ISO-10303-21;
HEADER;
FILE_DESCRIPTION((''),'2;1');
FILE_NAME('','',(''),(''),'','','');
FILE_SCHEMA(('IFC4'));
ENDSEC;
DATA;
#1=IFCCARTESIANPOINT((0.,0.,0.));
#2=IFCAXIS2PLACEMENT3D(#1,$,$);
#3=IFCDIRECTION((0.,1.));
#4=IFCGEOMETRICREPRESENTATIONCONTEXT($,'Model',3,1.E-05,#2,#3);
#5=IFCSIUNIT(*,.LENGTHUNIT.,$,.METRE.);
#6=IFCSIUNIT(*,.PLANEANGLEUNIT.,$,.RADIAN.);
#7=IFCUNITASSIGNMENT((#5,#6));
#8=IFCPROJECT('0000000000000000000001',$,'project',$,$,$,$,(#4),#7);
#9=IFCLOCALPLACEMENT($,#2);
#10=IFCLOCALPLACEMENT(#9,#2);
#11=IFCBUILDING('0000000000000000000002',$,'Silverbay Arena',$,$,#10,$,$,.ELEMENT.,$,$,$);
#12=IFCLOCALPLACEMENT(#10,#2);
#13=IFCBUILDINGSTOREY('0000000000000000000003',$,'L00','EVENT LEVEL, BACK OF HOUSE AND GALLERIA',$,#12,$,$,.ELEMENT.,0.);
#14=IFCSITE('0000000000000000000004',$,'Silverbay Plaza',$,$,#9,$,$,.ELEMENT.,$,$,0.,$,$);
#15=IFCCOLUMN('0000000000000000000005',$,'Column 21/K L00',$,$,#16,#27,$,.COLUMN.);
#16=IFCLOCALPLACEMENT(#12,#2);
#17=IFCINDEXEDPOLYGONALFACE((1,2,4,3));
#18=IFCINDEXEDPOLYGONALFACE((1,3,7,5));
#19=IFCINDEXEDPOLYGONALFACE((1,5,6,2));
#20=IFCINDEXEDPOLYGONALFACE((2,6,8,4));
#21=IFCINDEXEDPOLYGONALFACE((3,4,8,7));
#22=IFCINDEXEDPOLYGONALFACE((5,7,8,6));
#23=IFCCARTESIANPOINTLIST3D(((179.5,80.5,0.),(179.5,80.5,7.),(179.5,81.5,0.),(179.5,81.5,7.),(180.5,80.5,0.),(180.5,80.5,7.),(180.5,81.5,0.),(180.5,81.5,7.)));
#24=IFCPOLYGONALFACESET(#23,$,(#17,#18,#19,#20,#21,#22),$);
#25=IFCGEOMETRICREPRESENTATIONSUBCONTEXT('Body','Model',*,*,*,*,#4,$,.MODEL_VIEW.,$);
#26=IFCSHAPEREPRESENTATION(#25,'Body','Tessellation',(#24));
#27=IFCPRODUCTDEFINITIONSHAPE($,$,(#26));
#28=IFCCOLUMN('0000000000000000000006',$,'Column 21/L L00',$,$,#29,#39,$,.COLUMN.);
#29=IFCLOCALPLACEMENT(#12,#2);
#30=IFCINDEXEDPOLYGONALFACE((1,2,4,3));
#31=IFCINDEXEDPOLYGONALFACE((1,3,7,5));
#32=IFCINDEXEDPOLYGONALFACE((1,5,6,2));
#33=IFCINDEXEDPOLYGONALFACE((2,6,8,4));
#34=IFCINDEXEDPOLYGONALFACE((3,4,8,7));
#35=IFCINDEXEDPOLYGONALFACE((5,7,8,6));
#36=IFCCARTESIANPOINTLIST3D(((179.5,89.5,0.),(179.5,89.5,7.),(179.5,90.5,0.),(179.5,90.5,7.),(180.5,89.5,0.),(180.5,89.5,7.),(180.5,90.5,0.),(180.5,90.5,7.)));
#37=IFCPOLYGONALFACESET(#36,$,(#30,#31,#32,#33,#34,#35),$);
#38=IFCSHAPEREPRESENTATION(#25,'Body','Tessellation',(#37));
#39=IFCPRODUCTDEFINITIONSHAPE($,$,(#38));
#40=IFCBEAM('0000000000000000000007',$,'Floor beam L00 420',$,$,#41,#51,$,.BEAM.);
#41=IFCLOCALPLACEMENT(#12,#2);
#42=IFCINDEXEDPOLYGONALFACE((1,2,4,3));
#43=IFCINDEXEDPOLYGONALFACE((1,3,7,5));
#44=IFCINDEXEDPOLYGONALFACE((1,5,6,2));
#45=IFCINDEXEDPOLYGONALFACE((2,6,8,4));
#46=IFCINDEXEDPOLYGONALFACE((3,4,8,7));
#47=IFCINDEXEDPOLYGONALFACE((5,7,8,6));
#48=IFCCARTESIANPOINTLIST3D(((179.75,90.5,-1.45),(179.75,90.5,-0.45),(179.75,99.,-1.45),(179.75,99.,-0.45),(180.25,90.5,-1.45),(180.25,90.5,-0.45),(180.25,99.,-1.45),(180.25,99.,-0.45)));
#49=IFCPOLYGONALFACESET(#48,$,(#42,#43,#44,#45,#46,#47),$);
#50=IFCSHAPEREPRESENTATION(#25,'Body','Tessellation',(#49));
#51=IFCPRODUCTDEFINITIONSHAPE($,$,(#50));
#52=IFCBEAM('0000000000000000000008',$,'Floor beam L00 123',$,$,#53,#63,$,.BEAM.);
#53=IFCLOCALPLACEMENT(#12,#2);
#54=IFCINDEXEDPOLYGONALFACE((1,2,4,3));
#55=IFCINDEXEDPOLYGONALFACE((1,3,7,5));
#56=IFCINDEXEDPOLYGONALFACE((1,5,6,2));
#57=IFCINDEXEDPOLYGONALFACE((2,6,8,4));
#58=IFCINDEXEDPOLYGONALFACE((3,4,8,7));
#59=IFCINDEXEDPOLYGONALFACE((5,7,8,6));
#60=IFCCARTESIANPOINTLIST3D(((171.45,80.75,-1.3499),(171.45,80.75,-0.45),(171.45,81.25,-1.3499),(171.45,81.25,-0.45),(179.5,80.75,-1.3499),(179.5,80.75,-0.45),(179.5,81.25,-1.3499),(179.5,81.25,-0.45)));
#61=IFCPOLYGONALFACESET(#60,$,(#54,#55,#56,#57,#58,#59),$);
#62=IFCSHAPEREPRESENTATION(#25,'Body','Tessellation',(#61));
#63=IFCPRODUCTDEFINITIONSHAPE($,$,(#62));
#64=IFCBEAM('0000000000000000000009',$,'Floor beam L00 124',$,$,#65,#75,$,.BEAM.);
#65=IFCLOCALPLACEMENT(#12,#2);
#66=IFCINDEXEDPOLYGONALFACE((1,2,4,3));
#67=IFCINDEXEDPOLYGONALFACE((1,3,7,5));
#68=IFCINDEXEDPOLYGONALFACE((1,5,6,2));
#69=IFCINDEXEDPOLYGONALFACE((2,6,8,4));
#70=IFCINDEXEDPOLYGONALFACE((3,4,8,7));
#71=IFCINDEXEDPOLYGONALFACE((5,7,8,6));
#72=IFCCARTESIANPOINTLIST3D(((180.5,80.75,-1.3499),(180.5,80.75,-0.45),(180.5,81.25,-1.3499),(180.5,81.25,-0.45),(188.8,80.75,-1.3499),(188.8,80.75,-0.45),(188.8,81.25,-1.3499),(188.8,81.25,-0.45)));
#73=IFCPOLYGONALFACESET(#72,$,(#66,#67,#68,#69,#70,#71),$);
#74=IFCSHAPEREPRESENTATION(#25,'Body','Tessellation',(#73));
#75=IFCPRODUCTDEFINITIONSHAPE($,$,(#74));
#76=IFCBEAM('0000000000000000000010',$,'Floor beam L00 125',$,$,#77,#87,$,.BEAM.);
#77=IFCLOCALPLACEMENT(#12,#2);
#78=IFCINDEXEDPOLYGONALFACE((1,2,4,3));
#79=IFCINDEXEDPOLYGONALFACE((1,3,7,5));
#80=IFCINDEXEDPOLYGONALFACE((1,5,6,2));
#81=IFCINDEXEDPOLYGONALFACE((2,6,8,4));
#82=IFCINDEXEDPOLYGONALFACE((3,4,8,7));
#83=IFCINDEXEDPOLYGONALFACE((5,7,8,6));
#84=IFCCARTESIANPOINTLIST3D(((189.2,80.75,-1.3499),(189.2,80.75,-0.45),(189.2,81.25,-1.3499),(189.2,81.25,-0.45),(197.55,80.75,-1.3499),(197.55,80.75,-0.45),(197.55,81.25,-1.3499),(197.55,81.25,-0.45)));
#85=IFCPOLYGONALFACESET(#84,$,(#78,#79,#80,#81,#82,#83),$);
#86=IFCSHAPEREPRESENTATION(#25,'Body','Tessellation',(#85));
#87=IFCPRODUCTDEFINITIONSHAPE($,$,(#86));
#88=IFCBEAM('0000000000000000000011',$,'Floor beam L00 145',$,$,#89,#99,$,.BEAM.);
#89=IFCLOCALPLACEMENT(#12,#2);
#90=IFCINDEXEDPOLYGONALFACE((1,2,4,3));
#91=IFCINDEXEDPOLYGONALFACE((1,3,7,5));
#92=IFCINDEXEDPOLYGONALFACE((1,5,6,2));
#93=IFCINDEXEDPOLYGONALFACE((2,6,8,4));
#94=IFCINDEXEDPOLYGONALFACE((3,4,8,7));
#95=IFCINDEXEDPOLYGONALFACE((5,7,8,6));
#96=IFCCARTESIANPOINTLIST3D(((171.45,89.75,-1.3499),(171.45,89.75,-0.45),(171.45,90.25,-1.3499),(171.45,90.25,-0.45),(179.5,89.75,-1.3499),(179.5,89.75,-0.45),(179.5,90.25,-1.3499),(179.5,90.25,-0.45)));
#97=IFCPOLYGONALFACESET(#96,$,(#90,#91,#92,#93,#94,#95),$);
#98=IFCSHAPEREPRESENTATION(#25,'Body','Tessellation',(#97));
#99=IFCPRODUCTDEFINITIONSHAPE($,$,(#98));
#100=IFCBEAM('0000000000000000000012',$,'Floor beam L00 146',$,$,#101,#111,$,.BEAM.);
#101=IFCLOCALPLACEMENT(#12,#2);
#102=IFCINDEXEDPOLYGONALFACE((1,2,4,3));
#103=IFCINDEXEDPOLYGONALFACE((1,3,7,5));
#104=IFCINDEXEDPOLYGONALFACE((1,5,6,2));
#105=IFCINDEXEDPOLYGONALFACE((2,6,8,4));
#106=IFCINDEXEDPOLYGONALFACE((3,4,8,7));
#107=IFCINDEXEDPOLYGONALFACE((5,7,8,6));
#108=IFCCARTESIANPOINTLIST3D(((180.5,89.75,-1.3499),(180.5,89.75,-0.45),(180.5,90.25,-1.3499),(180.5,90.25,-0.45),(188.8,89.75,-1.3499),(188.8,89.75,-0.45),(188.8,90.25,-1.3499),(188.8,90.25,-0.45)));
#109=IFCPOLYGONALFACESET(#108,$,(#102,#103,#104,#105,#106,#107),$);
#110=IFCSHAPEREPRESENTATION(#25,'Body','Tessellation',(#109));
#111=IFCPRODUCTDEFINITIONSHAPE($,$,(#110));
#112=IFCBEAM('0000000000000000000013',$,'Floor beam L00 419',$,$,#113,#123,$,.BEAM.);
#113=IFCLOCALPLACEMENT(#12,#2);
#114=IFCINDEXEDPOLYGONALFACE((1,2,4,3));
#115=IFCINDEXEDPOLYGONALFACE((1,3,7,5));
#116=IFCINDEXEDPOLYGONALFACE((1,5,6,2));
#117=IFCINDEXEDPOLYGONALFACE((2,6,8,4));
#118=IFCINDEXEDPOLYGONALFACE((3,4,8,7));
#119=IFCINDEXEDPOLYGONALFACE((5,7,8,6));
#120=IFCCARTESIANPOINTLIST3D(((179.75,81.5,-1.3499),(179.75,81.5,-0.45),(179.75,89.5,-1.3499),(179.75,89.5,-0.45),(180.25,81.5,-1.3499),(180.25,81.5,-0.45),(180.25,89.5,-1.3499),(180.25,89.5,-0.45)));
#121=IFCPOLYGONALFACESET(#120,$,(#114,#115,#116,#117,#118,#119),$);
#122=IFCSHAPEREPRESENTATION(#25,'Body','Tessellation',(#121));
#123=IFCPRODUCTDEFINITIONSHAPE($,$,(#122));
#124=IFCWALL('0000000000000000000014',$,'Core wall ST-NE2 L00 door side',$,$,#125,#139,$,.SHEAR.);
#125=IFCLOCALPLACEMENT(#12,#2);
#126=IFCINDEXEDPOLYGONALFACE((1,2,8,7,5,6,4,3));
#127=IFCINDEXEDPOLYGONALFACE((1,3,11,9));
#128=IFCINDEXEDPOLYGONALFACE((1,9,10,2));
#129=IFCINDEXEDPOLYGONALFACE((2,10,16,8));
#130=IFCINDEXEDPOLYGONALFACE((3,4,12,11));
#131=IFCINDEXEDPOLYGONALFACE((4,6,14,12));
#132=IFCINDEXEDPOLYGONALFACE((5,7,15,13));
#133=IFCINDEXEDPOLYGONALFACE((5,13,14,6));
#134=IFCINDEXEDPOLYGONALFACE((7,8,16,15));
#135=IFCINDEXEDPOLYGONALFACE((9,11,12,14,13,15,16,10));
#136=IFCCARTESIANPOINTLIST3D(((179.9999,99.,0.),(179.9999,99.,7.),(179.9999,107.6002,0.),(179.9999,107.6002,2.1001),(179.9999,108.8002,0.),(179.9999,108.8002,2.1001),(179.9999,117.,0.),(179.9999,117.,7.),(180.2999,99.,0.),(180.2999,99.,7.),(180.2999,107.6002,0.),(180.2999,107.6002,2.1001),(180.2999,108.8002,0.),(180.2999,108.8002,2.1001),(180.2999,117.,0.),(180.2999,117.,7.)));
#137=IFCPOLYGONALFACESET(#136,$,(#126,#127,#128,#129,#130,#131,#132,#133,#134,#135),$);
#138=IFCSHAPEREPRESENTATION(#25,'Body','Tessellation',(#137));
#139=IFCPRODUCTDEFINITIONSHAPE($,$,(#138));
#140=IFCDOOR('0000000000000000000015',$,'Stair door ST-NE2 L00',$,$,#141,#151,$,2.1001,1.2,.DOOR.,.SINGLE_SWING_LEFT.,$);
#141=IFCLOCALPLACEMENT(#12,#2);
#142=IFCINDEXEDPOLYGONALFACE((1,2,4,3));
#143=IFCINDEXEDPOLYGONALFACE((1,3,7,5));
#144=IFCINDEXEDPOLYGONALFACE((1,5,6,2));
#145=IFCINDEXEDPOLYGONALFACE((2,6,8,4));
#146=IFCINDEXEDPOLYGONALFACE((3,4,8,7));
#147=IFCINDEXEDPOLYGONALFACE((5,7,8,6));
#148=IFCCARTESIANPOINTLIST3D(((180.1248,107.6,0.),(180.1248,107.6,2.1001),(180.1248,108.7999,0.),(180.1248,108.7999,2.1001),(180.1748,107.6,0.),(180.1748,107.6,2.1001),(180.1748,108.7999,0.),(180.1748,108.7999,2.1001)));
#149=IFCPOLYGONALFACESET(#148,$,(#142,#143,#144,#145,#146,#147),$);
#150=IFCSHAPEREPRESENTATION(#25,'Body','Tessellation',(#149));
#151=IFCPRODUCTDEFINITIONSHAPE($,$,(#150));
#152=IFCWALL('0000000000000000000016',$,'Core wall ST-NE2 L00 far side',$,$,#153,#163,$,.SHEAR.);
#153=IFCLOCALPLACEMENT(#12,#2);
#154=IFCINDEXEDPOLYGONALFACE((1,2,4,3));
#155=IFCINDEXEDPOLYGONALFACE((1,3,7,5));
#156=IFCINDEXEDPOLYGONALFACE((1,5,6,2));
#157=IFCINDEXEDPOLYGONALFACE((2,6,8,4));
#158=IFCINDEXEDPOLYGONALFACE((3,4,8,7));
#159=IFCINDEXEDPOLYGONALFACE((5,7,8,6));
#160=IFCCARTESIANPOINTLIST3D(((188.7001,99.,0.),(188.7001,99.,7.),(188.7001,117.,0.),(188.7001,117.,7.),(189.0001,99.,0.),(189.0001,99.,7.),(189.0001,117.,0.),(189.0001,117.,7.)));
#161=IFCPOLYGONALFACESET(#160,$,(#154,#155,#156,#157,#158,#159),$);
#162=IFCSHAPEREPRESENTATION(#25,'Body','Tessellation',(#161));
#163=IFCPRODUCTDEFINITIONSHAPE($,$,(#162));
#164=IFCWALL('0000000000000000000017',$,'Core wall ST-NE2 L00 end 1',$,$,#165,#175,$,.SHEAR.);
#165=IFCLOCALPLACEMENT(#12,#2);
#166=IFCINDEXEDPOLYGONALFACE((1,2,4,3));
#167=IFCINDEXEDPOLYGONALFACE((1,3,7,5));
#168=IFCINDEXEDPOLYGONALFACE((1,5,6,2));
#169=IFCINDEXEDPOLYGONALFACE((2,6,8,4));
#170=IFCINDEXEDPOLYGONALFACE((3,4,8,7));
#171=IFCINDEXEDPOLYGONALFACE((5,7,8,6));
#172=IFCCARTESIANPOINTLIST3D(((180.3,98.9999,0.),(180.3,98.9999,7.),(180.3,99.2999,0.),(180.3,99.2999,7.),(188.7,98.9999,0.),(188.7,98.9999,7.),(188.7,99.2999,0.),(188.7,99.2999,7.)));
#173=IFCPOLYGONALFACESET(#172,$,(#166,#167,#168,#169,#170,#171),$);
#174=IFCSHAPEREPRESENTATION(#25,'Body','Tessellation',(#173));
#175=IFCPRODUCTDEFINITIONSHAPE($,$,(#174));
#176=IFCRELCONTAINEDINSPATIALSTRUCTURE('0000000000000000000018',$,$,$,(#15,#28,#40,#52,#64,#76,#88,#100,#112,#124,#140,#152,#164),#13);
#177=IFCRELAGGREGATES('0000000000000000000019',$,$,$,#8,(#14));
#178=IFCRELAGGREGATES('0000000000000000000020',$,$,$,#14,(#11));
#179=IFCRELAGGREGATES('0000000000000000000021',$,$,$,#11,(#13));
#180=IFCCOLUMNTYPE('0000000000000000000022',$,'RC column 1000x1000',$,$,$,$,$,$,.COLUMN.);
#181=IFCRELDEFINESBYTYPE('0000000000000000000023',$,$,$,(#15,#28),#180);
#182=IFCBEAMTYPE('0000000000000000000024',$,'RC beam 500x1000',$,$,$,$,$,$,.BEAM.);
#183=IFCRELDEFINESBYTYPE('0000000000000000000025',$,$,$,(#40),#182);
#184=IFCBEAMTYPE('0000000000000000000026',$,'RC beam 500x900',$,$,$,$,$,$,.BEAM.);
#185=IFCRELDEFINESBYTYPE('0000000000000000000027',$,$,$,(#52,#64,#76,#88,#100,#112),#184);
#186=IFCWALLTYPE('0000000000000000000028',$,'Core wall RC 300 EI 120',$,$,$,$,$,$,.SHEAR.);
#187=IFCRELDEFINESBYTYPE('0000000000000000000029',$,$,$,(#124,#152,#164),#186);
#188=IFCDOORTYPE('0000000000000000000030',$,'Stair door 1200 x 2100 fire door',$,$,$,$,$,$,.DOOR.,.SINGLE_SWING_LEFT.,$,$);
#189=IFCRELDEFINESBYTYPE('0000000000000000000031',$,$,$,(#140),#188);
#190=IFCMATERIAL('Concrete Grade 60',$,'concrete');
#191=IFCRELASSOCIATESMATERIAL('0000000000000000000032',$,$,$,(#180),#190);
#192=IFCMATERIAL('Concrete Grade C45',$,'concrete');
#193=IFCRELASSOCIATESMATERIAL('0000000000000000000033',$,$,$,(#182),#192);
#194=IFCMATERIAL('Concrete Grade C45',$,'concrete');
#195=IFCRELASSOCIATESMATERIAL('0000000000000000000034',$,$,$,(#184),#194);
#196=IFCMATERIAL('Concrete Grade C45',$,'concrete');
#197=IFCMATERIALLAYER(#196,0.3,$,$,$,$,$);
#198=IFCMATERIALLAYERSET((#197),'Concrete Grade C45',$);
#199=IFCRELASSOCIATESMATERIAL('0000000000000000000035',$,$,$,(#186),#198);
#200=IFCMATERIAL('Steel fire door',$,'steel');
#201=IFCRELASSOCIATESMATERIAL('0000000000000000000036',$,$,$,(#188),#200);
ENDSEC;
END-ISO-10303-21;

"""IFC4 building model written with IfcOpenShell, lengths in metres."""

from ifc_helpers import new_model, si_unit, direction, frame, frame_2d, origin, origin_2d, place, context, subcontext, project, spatial, rectangle, extrude, material, layer, layer_set, material_profile, profile_set, type_object, element, fill, save


model = new_model("IFC4")

# Units and contexts
model_context = context("Model", 3, precision=1e-05, world=origin(), true_north=direction((0.0, 1.0)))
body_context = subcontext(model_context, "Body", "Model", "MODEL_VIEW")
ifc_project = project(units=[si_unit("LENGTHUNIT", "METRE"), si_unit("PLANEANGLEUNIT", "RADIAN")], contexts=[model_context])

# Site, building, storey
site_placement = place(None, origin())
site = spatial("IfcSite", under=ifc_project, at=site_placement, Name="Silverbay Plaza", CompositionType="ELEMENT", RefElevation=0.0)
building_placement = place(site_placement, origin())
building = spatial("IfcBuilding", under=site, at=building_placement, Name="Silverbay Arena", CompositionType="ELEMENT")
storey_placement = place(building_placement, origin())
storey = spatial("IfcBuildingStorey", under=building, at=storey_placement, Name="L00", Description="EVENT LEVEL, BACK OF HOUSE AND GALLERIA", CompositionType="ELEMENT", Elevation=0.0)

# Columns
ifc_material_1 = material(Name="Concrete Grade 60", Category="concrete")
ifc_material_profile_1 = material_profile(ifc_material_1, rectangle(XDim=1.0, YDim=1.0, at=origin_2d()), Name="RC 1000x1000")
ifc_profile_set_1 = profile_set([ifc_material_profile_1], Name="Concrete Grade 60")
column_type = type_object("IfcColumnType", Name="RC column 1000x1000", PredefinedType="COLUMN", material=ifc_profile_set_1)
for number, where, z_axis, x_axis, name in (
    (1, (180.0, 81.0, 0.0), (0.0, 0.0, 1.0), (1.0, 0.0, 0.0), "Column 21/K L00"),
    (2, (180.0, 90.0, 0.0), (0.0, 0.0, 1.0), (1.0, 0.0, 0.0), "Column 21/L L00"),
):
    element("IfcColumn", number, at=place(storey_placement, frame(where, z_axis=z_axis, x_axis=x_axis)), inside=storey, type_object=column_type, Name=name, PredefinedType="COLUMN", context=body_context, shape_type="SweptSolid", body=[
        extrude(rectangle(XDim=1.0, YDim=1.0, at=origin_2d()), origin(), (0.0, 0.0, 1.0), 7.0),
    ])

# Beams
ifc_material_2 = material(Name="Concrete Grade C45", Category="concrete")
ifc_material_profile_2 = material_profile(ifc_material_2, rectangle(XDim=0.5, YDim=1.0, at=origin_2d()), Name="RC 500x1000")
ifc_profile_set_2 = profile_set([ifc_material_profile_2], Name="Concrete Grade C45")
beam_type_1 = type_object("IfcBeamType", Name="RC beam 500x1000", PredefinedType="BEAM", material=ifc_profile_set_2)
beam_1_placement = place(storey_placement, frame((180.0, 90.5, -0.95), z_axis=(0.0, 1.0, 0.0), x_axis=(-1.0, 0.0, 0.0)))
element("IfcBeam", 3, at=beam_1_placement, inside=storey, type_object=beam_type_1, Name="Floor beam L00 420", PredefinedType="BEAM", context=body_context, shape_type="SweptSolid", body=[
    extrude(rectangle(XDim=0.5, YDim=1.0, at=origin_2d()), origin(), (0.0, 0.0, 1.0), 8.5),
])
ifc_material_3 = material(Name="Concrete Grade C45", Category="concrete")
ifc_material_profile_3 = material_profile(ifc_material_3, rectangle(XDim=0.5, YDim=0.8999, at=origin_2d()), Name="RC 500x900")
ifc_profile_set_3 = profile_set([ifc_material_profile_3], Name="Concrete Grade C45")
beam_type_2 = type_object("IfcBeamType", Name="RC beam 500x900", PredefinedType="BEAM", material=ifc_profile_set_3)
beam_2_placement = place(storey_placement, frame((171.45, 81.0, -0.8999), z_axis=(1.0, 0.0, 0.0), x_axis=(0.0, 1.0, 0.0)))
element("IfcBeam", 4, at=beam_2_placement, inside=storey, type_object=beam_type_2, Name="Floor beam L00 123", PredefinedType="BEAM", context=body_context, shape_type="SweptSolid", body=[
    extrude(rectangle(XDim=0.5, YDim=0.8999, at=origin_2d()), origin(), (0.0, 0.0, 1.0), 8.05),
])
beam_3_placement = place(storey_placement, frame((180.5, 81.0, -0.8999), z_axis=(1.0, 0.0, 0.0), x_axis=(0.0, 1.0, 0.0)))
element("IfcBeam", 5, at=beam_3_placement, inside=storey, type_object=beam_type_2, Name="Floor beam L00 124", PredefinedType="BEAM", context=body_context, shape_type="SweptSolid", body=[
    extrude(rectangle(XDim=0.5, YDim=0.8999, at=origin_2d()), origin(), (0.0, 0.0, 1.0), 8.3),
])
beam_4_placement = place(storey_placement, frame((189.2, 81.0, -0.8999), z_axis=(1.0, 0.0, 0.0), x_axis=(0.0, 1.0, 0.0)))
element("IfcBeam", 6, at=beam_4_placement, inside=storey, type_object=beam_type_2, Name="Floor beam L00 125", PredefinedType="BEAM", context=body_context, shape_type="SweptSolid", body=[
    extrude(rectangle(XDim=0.5, YDim=0.8999, at=origin_2d()), origin(), (0.0, 0.0, 1.0), 8.3501),
])
beam_5_placement = place(storey_placement, frame((171.45, 90.0, -0.8999), z_axis=(1.0, 0.0, 0.0), x_axis=(0.0, 1.0, 0.0)))
element("IfcBeam", 7, at=beam_5_placement, inside=storey, type_object=beam_type_2, Name="Floor beam L00 145", PredefinedType="BEAM", context=body_context, shape_type="SweptSolid", body=[
    extrude(rectangle(XDim=0.5, YDim=0.8999, at=origin_2d()), origin(), (0.0, 0.0, 1.0), 8.05),
])
beam_6_placement = place(storey_placement, frame((180.5, 90.0, -0.8999), z_axis=(1.0, 0.0, 0.0), x_axis=(0.0, 1.0, 0.0)))
element("IfcBeam", 8, at=beam_6_placement, inside=storey, type_object=beam_type_2, Name="Floor beam L00 146", PredefinedType="BEAM", context=body_context, shape_type="SweptSolid", body=[
    extrude(rectangle(XDim=0.5, YDim=0.8999, at=origin_2d()), origin(), (0.0, 0.0, 1.0), 8.3),
])
beam_7_placement = place(storey_placement, frame((180.0, 81.5, -0.8999), z_axis=(0.0, 1.0, 0.0), x_axis=(-1.0, 0.0, 0.0)))
element("IfcBeam", 9, at=beam_7_placement, inside=storey, type_object=beam_type_2, Name="Floor beam L00 419", PredefinedType="BEAM", context=body_context, shape_type="SweptSolid", body=[
    extrude(rectangle(XDim=0.5, YDim=0.8999, at=origin_2d()), origin(), (0.0, 0.0, 1.0), 8.0),
])

# Wall, opening, door
ifc_material_4 = material(Name="Concrete Grade C45", Category="concrete")
ifc_layer_1 = layer(ifc_material_4, 0.3)
ifc_layer_set_1 = layer_set([ifc_layer_1], Name="Concrete Grade C45")
wall_type_1 = type_object("IfcWallType", Name="Core wall RC 300 EI 120", PredefinedType="SHEAR", material=ifc_layer_set_1)
wall_1_placement = place(storey_placement, frame((180.1499, 99.0, 0.0), z_axis=(0.0, 0.0, 1.0), x_axis=(0.0, 1.0, 0.0)))
wall_1 = element("IfcWall", 10, at=wall_1_placement, inside=storey, type_object=wall_type_1, Name="Core wall ST-NE2 L00 door side", PredefinedType="SHEAR", context=body_context, shape_type="SweptSolid", body=[
    extrude(rectangle(XDim=18.0, YDim=0.3, at=frame_2d((9.0, 0.0))), origin(), (0.0, 0.0, 1.0), 7.0),
])
opening_1_placement = place(wall_1_placement, frame((8.6001, 0.0, 0.0)))
opening_1 = element("IfcOpeningElement", 11, at=opening_1_placement, cuts=wall_1, PredefinedType="OPENING", context=body_context, shape_type="SweptSolid", body=[
    extrude(rectangle(XDim=1.2, YDim=2.1001, at=frame_2d((0.6001, 1.05))), frame((0.0, 0.1602, 0.0), z_axis=(0.0, -1.0, 0.0), x_axis=(1.0, 0.0, 0.0)), (0.0, 0.0, 1.0), 0.3201),
])
ifc_material_5 = material(Name="Steel fire door", Category="steel")
door_type_1 = type_object("IfcDoorType", Name="Stair door 1200 x 2100 fire door", OperationType="SINGLE_SWING_LEFT", PredefinedType="DOOR", material=ifc_material_5)
door_1_placement = place(opening_1_placement, frame((1.2, 0.0, 0.0), z_axis=(0.0, 0.0, 1.0), x_axis=(-1.0, 0.0, 0.0)))
door_1 = element("IfcDoor", 12, at=door_1_placement, inside=storey, type_object=door_type_1, Name="Stair door ST-NE2 L00", OperationType="SINGLE_SWING_LEFT", OverallHeight=2.1001, OverallWidth=1.2, PredefinedType="DOOR", context=body_context, shape_type="SweptSolid", body=[
    extrude(rectangle(XDim=1.2, YDim=2.1001, at=frame_2d((0.6001, 1.05))), frame((0.0, 0.0249, 0.0), z_axis=(0.0, -1.0, 0.0), x_axis=(1.0, 0.0, 0.0)), (0.0, 0.0, 1.0), 0.05),
])
fill(opening_1, door_1)

# Walls
wall_2_placement = place(storey_placement, frame((188.8501, 99.0, 0.0), z_axis=(0.0, 0.0, 1.0), x_axis=(0.0, 1.0, 0.0)))
element("IfcWall", 13, at=wall_2_placement, inside=storey, type_object=wall_type_1, Name="Core wall ST-NE2 L00 far side", PredefinedType="SHEAR", context=body_context, shape_type="SweptSolid", body=[
    extrude(rectangle(XDim=18.0, YDim=0.3, at=frame_2d((9.0, 0.0))), origin(), (0.0, 0.0, 1.0), 7.0),
])
wall_3_placement = place(storey_placement, frame((180.3, 99.1499, 0.0), z_axis=(0.0, 0.0, 1.0), x_axis=(1.0, 0.0, 0.0)))
element("IfcWall", 14, at=wall_3_placement, inside=storey, type_object=wall_type_1, Name="Core wall ST-NE2 L00 end 1", PredefinedType="SHEAR", context=body_context, shape_type="SweptSolid", body=[
    extrude(rectangle(XDim=8.3999, YDim=0.3, at=frame_2d((4.2, 0.0))), origin(), (0.0, 0.0, 1.0), 7.0),
])

save(model, "model.ifc")
